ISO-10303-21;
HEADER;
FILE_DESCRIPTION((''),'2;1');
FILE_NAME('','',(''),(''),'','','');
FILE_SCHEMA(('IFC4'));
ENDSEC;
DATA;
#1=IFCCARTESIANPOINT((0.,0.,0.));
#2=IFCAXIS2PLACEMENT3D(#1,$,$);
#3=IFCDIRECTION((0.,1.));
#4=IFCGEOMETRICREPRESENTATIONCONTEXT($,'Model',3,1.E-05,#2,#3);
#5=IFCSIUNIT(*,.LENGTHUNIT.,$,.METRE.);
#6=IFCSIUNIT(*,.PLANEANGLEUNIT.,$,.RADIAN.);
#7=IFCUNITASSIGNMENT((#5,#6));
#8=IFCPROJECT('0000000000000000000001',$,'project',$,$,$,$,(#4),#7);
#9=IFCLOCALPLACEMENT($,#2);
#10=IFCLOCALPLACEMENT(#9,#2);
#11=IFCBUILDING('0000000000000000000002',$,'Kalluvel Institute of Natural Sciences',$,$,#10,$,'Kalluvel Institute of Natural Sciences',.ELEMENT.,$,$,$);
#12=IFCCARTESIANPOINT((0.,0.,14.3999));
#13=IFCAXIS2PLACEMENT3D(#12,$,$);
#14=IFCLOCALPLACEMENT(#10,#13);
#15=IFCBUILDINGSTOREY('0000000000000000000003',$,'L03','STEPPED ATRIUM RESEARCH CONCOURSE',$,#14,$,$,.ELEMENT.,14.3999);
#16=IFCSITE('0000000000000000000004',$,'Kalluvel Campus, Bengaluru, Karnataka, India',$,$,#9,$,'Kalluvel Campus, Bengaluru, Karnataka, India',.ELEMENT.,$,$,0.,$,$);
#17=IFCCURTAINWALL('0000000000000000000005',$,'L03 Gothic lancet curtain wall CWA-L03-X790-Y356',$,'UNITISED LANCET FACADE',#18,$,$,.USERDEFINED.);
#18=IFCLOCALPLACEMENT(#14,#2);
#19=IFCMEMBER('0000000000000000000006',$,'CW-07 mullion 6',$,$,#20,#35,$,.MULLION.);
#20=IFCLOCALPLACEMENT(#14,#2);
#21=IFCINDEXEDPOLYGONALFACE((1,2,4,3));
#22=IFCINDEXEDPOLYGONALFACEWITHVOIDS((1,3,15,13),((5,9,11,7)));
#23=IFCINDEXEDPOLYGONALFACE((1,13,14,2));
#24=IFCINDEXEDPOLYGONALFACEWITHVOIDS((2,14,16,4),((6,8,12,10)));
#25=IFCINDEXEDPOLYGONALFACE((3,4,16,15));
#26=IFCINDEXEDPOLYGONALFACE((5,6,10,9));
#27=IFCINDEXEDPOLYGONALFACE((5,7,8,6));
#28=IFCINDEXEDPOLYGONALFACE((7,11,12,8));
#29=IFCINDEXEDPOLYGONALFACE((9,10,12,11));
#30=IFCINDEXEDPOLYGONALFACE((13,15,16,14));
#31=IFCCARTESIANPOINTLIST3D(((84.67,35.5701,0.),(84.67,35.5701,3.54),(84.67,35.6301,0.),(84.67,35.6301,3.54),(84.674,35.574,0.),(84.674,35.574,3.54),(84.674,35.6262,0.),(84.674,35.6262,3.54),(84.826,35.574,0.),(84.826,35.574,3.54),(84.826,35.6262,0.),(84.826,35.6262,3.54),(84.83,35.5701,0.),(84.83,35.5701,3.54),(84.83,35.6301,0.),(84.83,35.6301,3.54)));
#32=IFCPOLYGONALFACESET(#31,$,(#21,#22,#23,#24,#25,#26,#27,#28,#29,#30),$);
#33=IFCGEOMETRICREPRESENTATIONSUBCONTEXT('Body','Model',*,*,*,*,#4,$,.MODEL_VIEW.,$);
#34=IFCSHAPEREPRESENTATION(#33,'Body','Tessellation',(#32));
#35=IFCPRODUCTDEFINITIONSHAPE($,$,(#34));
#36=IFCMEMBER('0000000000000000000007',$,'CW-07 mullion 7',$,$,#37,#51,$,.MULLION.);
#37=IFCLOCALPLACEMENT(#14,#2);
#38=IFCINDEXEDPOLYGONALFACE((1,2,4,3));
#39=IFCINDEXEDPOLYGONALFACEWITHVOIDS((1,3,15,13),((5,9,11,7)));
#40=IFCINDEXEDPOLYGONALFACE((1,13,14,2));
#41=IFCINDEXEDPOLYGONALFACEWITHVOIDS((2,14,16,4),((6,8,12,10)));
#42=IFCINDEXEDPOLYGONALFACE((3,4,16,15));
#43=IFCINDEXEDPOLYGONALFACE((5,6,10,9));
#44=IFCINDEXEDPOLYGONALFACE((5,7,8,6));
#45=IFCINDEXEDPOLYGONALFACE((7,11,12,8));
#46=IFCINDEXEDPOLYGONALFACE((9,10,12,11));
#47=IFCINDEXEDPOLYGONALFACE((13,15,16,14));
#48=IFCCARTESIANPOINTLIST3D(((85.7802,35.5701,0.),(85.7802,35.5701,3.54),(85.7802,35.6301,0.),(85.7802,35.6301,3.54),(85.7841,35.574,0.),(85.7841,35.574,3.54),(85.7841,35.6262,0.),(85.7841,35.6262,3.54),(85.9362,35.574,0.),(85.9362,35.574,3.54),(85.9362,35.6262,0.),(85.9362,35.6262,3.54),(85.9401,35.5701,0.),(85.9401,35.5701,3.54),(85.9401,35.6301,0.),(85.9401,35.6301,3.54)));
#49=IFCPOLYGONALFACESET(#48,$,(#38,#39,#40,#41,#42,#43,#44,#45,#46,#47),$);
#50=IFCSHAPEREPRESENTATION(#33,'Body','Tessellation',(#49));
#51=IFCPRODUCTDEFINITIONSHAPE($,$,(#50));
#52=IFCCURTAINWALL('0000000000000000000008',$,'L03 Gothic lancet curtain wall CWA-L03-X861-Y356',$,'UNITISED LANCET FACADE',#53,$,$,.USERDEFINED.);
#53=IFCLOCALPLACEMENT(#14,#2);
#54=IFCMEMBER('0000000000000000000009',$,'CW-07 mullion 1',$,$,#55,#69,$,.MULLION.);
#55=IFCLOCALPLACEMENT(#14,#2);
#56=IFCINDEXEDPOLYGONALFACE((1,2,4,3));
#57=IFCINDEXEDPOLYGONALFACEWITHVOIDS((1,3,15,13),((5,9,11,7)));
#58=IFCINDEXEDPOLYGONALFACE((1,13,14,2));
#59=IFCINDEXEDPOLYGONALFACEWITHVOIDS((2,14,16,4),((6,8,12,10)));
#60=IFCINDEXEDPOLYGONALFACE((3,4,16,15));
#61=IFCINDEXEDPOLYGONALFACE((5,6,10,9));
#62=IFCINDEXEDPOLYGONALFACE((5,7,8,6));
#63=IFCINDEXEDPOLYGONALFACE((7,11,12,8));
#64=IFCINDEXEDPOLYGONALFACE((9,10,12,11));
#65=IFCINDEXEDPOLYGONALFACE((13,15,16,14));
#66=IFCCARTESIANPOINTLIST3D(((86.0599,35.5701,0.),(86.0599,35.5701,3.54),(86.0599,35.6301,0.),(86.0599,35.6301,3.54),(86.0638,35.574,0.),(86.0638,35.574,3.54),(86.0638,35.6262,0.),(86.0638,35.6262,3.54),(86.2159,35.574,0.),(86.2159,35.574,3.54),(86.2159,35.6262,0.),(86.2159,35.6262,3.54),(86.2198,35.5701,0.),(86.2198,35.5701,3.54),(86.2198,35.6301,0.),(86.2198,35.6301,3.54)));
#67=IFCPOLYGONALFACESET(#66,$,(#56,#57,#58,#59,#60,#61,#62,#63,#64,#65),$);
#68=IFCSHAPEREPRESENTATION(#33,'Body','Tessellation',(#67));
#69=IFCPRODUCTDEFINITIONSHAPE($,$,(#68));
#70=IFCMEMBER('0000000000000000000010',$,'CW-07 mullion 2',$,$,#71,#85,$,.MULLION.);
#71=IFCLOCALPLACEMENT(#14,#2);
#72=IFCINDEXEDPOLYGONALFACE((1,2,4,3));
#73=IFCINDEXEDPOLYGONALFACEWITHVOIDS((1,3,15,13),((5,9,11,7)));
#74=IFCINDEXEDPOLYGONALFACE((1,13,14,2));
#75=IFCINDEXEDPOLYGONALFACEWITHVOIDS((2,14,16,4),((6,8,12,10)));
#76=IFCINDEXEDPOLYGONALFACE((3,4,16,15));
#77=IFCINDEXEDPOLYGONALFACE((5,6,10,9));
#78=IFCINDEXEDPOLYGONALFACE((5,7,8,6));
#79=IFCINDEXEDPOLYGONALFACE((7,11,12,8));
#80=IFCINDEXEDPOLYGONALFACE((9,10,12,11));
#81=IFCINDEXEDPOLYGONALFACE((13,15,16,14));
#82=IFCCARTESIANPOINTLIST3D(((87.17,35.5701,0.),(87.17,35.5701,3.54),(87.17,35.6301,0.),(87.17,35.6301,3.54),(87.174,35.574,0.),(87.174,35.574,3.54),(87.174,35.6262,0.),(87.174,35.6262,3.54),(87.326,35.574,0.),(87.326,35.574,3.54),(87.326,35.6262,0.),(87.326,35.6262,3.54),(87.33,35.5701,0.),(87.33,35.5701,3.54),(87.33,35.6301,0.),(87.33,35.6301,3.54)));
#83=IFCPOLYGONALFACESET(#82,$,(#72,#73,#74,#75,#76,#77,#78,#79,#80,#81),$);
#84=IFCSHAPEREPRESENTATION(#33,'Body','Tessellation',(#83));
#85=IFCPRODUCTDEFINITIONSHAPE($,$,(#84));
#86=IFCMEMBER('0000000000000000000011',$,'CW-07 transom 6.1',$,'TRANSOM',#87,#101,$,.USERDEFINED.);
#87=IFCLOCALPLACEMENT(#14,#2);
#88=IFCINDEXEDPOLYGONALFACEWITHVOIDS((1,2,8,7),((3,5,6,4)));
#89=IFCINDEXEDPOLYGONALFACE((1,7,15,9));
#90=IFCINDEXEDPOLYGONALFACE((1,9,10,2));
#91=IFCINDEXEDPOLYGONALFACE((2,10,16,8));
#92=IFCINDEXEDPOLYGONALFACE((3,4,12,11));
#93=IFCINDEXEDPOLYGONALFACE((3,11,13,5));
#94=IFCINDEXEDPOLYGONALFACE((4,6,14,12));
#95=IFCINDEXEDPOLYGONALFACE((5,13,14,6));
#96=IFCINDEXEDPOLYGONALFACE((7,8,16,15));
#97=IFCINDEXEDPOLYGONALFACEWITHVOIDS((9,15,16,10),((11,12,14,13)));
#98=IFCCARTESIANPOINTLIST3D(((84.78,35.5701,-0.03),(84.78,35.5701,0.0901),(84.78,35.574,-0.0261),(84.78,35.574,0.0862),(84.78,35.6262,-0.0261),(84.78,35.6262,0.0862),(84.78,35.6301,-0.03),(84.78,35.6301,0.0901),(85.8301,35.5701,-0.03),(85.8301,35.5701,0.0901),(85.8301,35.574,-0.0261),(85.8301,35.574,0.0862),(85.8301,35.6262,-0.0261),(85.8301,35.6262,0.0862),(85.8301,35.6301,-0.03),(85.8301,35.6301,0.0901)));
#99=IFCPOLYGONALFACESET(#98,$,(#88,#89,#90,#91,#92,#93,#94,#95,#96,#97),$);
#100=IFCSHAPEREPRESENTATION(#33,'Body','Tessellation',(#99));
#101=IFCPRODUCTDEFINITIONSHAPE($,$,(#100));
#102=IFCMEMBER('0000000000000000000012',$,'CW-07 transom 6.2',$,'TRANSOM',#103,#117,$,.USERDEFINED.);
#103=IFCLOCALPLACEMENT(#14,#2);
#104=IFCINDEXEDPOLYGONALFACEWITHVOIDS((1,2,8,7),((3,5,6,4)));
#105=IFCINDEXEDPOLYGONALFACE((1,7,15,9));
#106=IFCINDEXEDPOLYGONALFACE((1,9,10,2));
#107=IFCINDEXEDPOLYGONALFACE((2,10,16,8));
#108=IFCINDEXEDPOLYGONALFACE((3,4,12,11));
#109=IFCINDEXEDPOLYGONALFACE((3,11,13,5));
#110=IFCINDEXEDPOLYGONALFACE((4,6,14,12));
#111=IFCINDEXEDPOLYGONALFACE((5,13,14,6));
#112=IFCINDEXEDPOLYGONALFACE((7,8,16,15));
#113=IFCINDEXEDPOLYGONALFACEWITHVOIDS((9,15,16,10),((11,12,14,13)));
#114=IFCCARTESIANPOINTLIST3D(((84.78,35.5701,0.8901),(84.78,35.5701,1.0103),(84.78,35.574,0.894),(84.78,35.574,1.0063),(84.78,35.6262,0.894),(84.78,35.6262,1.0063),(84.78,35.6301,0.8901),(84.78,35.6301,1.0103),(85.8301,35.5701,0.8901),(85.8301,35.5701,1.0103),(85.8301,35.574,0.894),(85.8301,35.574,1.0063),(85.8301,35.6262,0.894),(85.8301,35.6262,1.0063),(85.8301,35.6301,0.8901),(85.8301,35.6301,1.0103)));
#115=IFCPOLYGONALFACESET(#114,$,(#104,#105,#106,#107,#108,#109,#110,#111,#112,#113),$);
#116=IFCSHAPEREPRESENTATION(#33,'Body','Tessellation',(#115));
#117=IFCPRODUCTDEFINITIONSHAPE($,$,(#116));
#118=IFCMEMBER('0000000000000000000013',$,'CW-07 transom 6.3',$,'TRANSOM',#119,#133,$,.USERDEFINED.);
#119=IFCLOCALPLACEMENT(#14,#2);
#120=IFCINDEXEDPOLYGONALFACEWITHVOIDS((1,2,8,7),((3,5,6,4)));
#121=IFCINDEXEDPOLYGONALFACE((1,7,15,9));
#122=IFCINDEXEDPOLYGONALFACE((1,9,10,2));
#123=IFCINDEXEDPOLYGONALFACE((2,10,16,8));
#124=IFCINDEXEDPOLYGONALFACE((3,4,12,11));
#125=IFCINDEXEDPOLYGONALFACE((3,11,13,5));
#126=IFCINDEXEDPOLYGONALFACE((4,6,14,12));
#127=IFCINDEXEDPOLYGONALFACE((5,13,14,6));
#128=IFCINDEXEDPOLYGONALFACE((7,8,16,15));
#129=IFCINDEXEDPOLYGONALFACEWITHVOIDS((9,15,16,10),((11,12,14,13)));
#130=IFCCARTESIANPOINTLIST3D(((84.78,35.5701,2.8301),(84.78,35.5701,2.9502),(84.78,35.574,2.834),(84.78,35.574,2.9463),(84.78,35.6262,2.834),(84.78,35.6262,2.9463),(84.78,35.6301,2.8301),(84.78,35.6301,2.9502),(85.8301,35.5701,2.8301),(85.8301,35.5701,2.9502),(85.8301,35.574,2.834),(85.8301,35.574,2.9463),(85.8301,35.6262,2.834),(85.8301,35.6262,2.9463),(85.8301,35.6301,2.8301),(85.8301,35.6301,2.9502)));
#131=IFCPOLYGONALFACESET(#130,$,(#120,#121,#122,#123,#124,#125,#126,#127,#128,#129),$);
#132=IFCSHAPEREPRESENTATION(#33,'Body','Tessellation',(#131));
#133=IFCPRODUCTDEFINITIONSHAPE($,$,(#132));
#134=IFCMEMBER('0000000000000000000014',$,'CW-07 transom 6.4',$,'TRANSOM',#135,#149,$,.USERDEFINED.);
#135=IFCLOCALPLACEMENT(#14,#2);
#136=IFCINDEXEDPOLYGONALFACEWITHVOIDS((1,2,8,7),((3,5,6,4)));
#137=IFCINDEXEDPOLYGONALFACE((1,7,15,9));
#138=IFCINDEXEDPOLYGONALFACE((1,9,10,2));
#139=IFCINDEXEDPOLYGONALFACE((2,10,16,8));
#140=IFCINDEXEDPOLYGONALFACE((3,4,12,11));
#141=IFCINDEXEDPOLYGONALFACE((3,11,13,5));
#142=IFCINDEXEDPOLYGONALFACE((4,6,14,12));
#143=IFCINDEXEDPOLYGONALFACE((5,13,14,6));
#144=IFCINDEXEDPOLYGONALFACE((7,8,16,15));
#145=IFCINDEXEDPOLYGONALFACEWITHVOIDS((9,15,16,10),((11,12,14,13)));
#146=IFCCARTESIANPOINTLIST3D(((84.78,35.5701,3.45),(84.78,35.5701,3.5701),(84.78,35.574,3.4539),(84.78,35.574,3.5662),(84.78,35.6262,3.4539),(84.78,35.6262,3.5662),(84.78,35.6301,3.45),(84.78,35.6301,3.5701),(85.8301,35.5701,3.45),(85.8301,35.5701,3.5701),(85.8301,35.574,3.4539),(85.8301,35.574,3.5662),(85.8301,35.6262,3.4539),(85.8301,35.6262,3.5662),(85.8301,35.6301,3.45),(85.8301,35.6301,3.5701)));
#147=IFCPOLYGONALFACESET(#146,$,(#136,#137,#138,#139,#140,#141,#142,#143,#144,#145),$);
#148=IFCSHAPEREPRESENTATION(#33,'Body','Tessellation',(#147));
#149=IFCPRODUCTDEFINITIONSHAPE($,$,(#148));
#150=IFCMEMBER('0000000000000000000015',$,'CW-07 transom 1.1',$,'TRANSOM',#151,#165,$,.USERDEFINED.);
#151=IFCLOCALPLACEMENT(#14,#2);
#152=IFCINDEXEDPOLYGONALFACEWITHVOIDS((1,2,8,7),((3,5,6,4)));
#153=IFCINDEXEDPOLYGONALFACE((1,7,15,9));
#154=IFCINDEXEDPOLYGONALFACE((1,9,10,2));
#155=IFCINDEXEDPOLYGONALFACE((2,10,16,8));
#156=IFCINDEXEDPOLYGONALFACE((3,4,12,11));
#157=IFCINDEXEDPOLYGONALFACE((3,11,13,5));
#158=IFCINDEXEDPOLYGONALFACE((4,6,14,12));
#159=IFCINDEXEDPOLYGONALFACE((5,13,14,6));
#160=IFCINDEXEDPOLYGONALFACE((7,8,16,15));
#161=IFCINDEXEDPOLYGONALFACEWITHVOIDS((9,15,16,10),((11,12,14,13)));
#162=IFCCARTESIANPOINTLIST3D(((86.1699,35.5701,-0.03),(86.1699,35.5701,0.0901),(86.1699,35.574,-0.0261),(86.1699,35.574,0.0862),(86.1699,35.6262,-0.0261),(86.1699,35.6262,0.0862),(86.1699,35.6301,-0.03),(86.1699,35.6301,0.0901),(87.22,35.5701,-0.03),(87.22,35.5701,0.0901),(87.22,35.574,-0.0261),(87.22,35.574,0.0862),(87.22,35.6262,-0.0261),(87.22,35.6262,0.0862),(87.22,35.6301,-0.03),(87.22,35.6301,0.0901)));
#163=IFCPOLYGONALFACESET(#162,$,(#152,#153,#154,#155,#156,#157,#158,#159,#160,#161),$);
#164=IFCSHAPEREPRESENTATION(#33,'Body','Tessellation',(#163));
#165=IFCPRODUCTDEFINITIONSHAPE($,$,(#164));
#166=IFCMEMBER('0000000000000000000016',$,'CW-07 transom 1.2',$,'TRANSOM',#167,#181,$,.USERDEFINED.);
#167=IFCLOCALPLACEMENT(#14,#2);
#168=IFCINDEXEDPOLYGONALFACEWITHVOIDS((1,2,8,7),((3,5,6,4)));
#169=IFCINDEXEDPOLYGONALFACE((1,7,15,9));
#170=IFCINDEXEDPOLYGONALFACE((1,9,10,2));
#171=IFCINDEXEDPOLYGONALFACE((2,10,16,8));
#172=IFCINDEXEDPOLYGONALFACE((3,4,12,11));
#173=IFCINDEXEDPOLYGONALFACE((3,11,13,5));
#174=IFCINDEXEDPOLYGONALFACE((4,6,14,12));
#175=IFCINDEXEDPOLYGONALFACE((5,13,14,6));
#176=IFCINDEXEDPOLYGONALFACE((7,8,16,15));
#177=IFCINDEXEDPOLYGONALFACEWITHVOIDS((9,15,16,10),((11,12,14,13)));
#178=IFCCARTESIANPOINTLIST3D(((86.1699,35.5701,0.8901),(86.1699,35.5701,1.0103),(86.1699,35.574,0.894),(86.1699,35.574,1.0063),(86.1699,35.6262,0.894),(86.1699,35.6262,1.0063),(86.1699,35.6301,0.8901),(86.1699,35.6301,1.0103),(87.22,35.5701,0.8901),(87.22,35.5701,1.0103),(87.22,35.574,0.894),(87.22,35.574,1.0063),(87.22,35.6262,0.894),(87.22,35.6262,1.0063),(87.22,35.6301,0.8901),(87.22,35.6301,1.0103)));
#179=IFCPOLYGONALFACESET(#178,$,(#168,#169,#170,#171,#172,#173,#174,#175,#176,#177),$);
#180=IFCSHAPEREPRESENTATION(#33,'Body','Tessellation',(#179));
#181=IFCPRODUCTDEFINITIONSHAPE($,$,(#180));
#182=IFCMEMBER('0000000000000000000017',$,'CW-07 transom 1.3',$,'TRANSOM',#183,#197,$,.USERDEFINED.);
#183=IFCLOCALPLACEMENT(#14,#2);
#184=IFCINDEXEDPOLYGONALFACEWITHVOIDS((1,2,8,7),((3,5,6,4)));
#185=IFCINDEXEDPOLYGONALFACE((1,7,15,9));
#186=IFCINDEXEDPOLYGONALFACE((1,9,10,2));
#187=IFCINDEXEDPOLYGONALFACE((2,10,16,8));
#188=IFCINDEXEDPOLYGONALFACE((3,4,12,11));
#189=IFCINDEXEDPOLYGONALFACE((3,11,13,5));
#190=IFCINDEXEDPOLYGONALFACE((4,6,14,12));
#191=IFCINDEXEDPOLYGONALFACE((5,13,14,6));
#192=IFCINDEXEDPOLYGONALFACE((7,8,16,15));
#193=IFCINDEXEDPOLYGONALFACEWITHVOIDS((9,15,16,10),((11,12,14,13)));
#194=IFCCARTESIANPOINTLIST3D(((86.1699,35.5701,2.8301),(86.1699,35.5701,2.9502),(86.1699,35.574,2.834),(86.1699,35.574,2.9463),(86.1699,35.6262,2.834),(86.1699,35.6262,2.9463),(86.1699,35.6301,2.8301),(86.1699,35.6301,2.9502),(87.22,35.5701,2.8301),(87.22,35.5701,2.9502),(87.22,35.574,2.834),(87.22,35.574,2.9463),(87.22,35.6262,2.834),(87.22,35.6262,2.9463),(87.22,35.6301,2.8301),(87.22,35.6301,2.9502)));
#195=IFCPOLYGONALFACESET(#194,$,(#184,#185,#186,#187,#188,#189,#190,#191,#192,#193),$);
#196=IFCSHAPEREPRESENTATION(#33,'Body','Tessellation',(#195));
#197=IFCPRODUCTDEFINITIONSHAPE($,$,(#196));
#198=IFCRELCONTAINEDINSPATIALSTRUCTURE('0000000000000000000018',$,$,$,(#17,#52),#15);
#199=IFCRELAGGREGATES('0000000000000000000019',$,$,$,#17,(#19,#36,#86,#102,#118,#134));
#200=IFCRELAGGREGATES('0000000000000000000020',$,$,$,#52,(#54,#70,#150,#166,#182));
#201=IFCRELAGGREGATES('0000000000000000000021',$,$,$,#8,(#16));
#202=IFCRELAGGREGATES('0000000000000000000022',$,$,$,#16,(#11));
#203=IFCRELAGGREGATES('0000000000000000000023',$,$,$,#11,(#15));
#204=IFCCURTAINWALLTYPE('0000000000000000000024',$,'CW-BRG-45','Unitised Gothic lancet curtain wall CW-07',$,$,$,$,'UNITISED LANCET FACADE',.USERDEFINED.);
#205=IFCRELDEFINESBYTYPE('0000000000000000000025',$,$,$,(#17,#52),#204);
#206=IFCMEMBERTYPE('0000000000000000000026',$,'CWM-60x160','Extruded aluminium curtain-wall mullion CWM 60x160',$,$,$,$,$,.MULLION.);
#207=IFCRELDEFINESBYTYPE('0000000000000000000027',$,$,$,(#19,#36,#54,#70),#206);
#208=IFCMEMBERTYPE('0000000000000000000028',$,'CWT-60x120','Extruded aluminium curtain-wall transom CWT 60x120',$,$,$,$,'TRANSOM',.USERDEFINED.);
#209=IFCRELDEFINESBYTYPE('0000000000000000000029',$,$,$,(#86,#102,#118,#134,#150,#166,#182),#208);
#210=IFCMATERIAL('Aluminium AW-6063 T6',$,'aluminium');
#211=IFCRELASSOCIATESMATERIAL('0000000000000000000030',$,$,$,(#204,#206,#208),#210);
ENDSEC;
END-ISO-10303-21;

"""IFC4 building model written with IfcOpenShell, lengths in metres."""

from ifc_helpers import new_model, si_unit, direction, frame, origin, origin_2d, place, context, subcontext, project, spatial, hollow_rectangle, extrude, material, material_profile, profile_set, type_object, element, aggregate, save


model = new_model("IFC4")

# Units and contexts
model_context = context("Model", 3, precision=1e-05, world=origin(), true_north=direction((0.0, 1.0)))
body_context = subcontext(model_context, "Body", "Model", "MODEL_VIEW")
ifc_project = project(units=[si_unit("LENGTHUNIT", "METRE"), si_unit("PLANEANGLEUNIT", "RADIAN")], contexts=[model_context])

# Site, building, storey
site_placement = place(None, origin())
site = spatial("IfcSite", under=ifc_project, at=site_placement, Name="Kalluvel Campus, Bengaluru, Karnataka, India", LongName="Kalluvel Campus, Bengaluru, Karnataka, India", CompositionType="ELEMENT", RefElevation=0.0)
building_placement = place(site_placement, origin())
building = spatial("IfcBuilding", under=site, at=building_placement, Name="Kalluvel Institute of Natural Sciences", LongName="Kalluvel Institute of Natural Sciences", CompositionType="ELEMENT")
storey_placement = place(building_placement, frame((0.0, 0.0, 14.3999)))
storey = spatial("IfcBuildingStorey", under=building, at=storey_placement, Name="L03", Description="STEPPED ATRIUM RESEARCH CONCOURSE", CompositionType="ELEMENT", Elevation=14.3999)

# Curtain walls, members
ifc_material_1 = material(Name="Aluminium AW-6063 T6", Category="aluminium")
curtain_wall_type = type_object("IfcCurtainWallType", Name="CW-BRG-45", Description="Unitised Gothic lancet curtain wall CW-07", ElementType="UNITISED LANCET FACADE", PredefinedType="USERDEFINED", material=ifc_material_1)
curtain_wall_1_placement = place(storey_placement, origin())
curtain_wall_1 = element("IfcCurtainWall", 1, at=curtain_wall_1_placement, inside=storey, type_object=curtain_wall_type, Name="L03 Gothic lancet curtain wall CWA-L03-X790-Y356", ObjectType="UNITISED LANCET FACADE", PredefinedType="USERDEFINED")
ifc_material_profile_1 = material_profile(ifc_material_1, hollow_rectangle(XDim=0.0601, YDim=0.1599, WallThickness=0.0039, at=origin_2d()), Name="CWM 60x160")
ifc_profile_set_1 = profile_set([ifc_material_profile_1], Name="Aluminium AW-6063 T6")
member_type_1 = type_object("IfcMemberType", Name="CWM-60x160", Description="Extruded aluminium curtain-wall mullion CWM 60x160", PredefinedType="MULLION", material=ifc_profile_set_1)
member_1_placement = place(storey_placement, frame((84.75, 35.6001, 0.0), z_axis=(0.0, 0.0, 1.0), x_axis=(0.0, 1.0, 0.0)))
member_1 = element("IfcMember", 2, at=member_1_placement, type_object=member_type_1, Name="CW-07 mullion 6", PredefinedType="MULLION", context=body_context, shape_type="SweptSolid", body=[
    extrude(hollow_rectangle(XDim=0.0601, YDim=0.1599, WallThickness=0.0039, at=origin_2d()), origin(), (0.0, 0.0, 1.0), 3.54),
])
member_2_placement = place(storey_placement, frame((85.8601, 35.6001, 0.0), z_axis=(0.0, 0.0, 1.0), x_axis=(0.0, 1.0, 0.0)))
member_2 = element("IfcMember", 3, at=member_2_placement, type_object=member_type_1, Name="CW-07 mullion 7", PredefinedType="MULLION", context=body_context, shape_type="SweptSolid", body=[
    extrude(hollow_rectangle(XDim=0.0601, YDim=0.1599, WallThickness=0.0039, at=origin_2d()), origin(), (0.0, 0.0, 1.0), 3.54),
])
curtain_wall_2_placement = place(storey_placement, origin())
curtain_wall_2 = element("IfcCurtainWall", 4, at=curtain_wall_2_placement, inside=storey, type_object=curtain_wall_type, Name="L03 Gothic lancet curtain wall CWA-L03-X861-Y356", ObjectType="UNITISED LANCET FACADE", PredefinedType="USERDEFINED")
member_3_placement = place(storey_placement, frame((86.1399, 35.6001, 0.0), z_axis=(0.0, 0.0, 1.0), x_axis=(0.0, 1.0, 0.0)))
member_3 = element("IfcMember", 5, at=member_3_placement, type_object=member_type_1, Name="CW-07 mullion 1", PredefinedType="MULLION", context=body_context, shape_type="SweptSolid", body=[
    extrude(hollow_rectangle(XDim=0.0601, YDim=0.1599, WallThickness=0.0039, at=origin_2d()), origin(), (0.0, 0.0, 1.0), 3.54),
])
member_4_placement = place(storey_placement, frame((87.25, 35.6001, 0.0), z_axis=(0.0, 0.0, 1.0), x_axis=(0.0, 1.0, 0.0)))
member_4 = element("IfcMember", 6, at=member_4_placement, type_object=member_type_1, Name="CW-07 mullion 2", PredefinedType="MULLION", context=body_context, shape_type="SweptSolid", body=[
    extrude(hollow_rectangle(XDim=0.0601, YDim=0.1599, WallThickness=0.0039, at=origin_2d()), origin(), (0.0, 0.0, 1.0), 3.54),
])

# Members
ifc_material_profile_2 = material_profile(ifc_material_1, hollow_rectangle(XDim=0.0601, YDim=0.1201, WallThickness=0.0039, at=origin_2d()), Name="CWT 60x120")
ifc_profile_set_2 = profile_set([ifc_material_profile_2], Name="Aluminium AW-6063 T6")
member_type_2 = type_object("IfcMemberType", Name="CWT-60x120", Description="Extruded aluminium curtain-wall transom CWT 60x120", ElementType="TRANSOM", PredefinedType="USERDEFINED", material=ifc_profile_set_2)
member_5_placement = place(storey_placement, frame((84.78, 35.6001, 0.03), z_axis=(1.0, 0.0, 0.0), x_axis=(0.0, 1.0, 0.0)))
member_5 = element("IfcMember", 7, at=member_5_placement, type_object=member_type_2, Name="CW-07 transom 6.1", ObjectType="TRANSOM", PredefinedType="USERDEFINED", context=body_context, shape_type="SweptSolid", body=[
    extrude(hollow_rectangle(XDim=0.0601, YDim=0.1201, WallThickness=0.0039, at=origin_2d()), origin(), (0.0, 0.0, 1.0), 1.05),
])
member_6_placement = place(storey_placement, frame((84.78, 35.6001, 0.9502), z_axis=(1.0, 0.0, 0.0), x_axis=(0.0, 1.0, 0.0)))
member_6 = element("IfcMember", 8, at=member_6_placement, type_object=member_type_2, Name="CW-07 transom 6.2", ObjectType="TRANSOM", PredefinedType="USERDEFINED", context=body_context, shape_type="SweptSolid", body=[
    extrude(hollow_rectangle(XDim=0.0601, YDim=0.1201, WallThickness=0.0039, at=origin_2d()), origin(), (0.0, 0.0, 1.0), 1.05),
])
member_7_placement = place(storey_placement, frame((84.78, 35.6001, 2.8901), z_axis=(1.0, 0.0, 0.0), x_axis=(0.0, 1.0, 0.0)))
member_7 = element("IfcMember", 9, at=member_7_placement, type_object=member_type_2, Name="CW-07 transom 6.3", ObjectType="TRANSOM", PredefinedType="USERDEFINED", context=body_context, shape_type="SweptSolid", body=[
    extrude(hollow_rectangle(XDim=0.0601, YDim=0.1201, WallThickness=0.0039, at=origin_2d()), origin(), (0.0, 0.0, 1.0), 1.05),
])
member_8_placement = place(storey_placement, frame((84.78, 35.6001, 3.51), z_axis=(1.0, 0.0, 0.0), x_axis=(0.0, 1.0, 0.0)))
member_8 = element("IfcMember", 10, at=member_8_placement, type_object=member_type_2, Name="CW-07 transom 6.4", ObjectType="TRANSOM", PredefinedType="USERDEFINED", context=body_context, shape_type="SweptSolid", body=[
    extrude(hollow_rectangle(XDim=0.0601, YDim=0.1201, WallThickness=0.0039, at=origin_2d()), origin(), (0.0, 0.0, 1.0), 1.05),
])
member_9_placement = place(storey_placement, frame((86.1699, 35.6001, 0.03), z_axis=(1.0, 0.0, 0.0), x_axis=(0.0, 1.0, 0.0)))
member_9 = element("IfcMember", 11, at=member_9_placement, type_object=member_type_2, Name="CW-07 transom 1.1", ObjectType="TRANSOM", PredefinedType="USERDEFINED", context=body_context, shape_type="SweptSolid", body=[
    extrude(hollow_rectangle(XDim=0.0601, YDim=0.1201, WallThickness=0.0039, at=origin_2d()), origin(), (0.0, 0.0, 1.0), 1.05),
])
member_10_placement = place(storey_placement, frame((86.1699, 35.6001, 0.9502), z_axis=(1.0, 0.0, 0.0), x_axis=(0.0, 1.0, 0.0)))
member_10 = element("IfcMember", 12, at=member_10_placement, type_object=member_type_2, Name="CW-07 transom 1.2", ObjectType="TRANSOM", PredefinedType="USERDEFINED", context=body_context, shape_type="SweptSolid", body=[
    extrude(hollow_rectangle(XDim=0.0601, YDim=0.1201, WallThickness=0.0039, at=origin_2d()), origin(), (0.0, 0.0, 1.0), 1.05),
])
member_11_placement = place(storey_placement, frame((86.1699, 35.6001, 2.8901), z_axis=(1.0, 0.0, 0.0), x_axis=(0.0, 1.0, 0.0)))
member_11 = element("IfcMember", 13, at=member_11_placement, type_object=member_type_2, Name="CW-07 transom 1.3", ObjectType="TRANSOM", PredefinedType="USERDEFINED", context=body_context, shape_type="SweptSolid", body=[
    extrude(hollow_rectangle(XDim=0.0601, YDim=0.1201, WallThickness=0.0039, at=origin_2d()), origin(), (0.0, 0.0, 1.0), 1.05),
])

aggregate(curtain_wall_1, [member_1, member_2, member_5, member_6, member_7, member_8])
aggregate(curtain_wall_2, [member_3, member_4, member_9, member_10, member_11])

save(model, "model.ifc")
